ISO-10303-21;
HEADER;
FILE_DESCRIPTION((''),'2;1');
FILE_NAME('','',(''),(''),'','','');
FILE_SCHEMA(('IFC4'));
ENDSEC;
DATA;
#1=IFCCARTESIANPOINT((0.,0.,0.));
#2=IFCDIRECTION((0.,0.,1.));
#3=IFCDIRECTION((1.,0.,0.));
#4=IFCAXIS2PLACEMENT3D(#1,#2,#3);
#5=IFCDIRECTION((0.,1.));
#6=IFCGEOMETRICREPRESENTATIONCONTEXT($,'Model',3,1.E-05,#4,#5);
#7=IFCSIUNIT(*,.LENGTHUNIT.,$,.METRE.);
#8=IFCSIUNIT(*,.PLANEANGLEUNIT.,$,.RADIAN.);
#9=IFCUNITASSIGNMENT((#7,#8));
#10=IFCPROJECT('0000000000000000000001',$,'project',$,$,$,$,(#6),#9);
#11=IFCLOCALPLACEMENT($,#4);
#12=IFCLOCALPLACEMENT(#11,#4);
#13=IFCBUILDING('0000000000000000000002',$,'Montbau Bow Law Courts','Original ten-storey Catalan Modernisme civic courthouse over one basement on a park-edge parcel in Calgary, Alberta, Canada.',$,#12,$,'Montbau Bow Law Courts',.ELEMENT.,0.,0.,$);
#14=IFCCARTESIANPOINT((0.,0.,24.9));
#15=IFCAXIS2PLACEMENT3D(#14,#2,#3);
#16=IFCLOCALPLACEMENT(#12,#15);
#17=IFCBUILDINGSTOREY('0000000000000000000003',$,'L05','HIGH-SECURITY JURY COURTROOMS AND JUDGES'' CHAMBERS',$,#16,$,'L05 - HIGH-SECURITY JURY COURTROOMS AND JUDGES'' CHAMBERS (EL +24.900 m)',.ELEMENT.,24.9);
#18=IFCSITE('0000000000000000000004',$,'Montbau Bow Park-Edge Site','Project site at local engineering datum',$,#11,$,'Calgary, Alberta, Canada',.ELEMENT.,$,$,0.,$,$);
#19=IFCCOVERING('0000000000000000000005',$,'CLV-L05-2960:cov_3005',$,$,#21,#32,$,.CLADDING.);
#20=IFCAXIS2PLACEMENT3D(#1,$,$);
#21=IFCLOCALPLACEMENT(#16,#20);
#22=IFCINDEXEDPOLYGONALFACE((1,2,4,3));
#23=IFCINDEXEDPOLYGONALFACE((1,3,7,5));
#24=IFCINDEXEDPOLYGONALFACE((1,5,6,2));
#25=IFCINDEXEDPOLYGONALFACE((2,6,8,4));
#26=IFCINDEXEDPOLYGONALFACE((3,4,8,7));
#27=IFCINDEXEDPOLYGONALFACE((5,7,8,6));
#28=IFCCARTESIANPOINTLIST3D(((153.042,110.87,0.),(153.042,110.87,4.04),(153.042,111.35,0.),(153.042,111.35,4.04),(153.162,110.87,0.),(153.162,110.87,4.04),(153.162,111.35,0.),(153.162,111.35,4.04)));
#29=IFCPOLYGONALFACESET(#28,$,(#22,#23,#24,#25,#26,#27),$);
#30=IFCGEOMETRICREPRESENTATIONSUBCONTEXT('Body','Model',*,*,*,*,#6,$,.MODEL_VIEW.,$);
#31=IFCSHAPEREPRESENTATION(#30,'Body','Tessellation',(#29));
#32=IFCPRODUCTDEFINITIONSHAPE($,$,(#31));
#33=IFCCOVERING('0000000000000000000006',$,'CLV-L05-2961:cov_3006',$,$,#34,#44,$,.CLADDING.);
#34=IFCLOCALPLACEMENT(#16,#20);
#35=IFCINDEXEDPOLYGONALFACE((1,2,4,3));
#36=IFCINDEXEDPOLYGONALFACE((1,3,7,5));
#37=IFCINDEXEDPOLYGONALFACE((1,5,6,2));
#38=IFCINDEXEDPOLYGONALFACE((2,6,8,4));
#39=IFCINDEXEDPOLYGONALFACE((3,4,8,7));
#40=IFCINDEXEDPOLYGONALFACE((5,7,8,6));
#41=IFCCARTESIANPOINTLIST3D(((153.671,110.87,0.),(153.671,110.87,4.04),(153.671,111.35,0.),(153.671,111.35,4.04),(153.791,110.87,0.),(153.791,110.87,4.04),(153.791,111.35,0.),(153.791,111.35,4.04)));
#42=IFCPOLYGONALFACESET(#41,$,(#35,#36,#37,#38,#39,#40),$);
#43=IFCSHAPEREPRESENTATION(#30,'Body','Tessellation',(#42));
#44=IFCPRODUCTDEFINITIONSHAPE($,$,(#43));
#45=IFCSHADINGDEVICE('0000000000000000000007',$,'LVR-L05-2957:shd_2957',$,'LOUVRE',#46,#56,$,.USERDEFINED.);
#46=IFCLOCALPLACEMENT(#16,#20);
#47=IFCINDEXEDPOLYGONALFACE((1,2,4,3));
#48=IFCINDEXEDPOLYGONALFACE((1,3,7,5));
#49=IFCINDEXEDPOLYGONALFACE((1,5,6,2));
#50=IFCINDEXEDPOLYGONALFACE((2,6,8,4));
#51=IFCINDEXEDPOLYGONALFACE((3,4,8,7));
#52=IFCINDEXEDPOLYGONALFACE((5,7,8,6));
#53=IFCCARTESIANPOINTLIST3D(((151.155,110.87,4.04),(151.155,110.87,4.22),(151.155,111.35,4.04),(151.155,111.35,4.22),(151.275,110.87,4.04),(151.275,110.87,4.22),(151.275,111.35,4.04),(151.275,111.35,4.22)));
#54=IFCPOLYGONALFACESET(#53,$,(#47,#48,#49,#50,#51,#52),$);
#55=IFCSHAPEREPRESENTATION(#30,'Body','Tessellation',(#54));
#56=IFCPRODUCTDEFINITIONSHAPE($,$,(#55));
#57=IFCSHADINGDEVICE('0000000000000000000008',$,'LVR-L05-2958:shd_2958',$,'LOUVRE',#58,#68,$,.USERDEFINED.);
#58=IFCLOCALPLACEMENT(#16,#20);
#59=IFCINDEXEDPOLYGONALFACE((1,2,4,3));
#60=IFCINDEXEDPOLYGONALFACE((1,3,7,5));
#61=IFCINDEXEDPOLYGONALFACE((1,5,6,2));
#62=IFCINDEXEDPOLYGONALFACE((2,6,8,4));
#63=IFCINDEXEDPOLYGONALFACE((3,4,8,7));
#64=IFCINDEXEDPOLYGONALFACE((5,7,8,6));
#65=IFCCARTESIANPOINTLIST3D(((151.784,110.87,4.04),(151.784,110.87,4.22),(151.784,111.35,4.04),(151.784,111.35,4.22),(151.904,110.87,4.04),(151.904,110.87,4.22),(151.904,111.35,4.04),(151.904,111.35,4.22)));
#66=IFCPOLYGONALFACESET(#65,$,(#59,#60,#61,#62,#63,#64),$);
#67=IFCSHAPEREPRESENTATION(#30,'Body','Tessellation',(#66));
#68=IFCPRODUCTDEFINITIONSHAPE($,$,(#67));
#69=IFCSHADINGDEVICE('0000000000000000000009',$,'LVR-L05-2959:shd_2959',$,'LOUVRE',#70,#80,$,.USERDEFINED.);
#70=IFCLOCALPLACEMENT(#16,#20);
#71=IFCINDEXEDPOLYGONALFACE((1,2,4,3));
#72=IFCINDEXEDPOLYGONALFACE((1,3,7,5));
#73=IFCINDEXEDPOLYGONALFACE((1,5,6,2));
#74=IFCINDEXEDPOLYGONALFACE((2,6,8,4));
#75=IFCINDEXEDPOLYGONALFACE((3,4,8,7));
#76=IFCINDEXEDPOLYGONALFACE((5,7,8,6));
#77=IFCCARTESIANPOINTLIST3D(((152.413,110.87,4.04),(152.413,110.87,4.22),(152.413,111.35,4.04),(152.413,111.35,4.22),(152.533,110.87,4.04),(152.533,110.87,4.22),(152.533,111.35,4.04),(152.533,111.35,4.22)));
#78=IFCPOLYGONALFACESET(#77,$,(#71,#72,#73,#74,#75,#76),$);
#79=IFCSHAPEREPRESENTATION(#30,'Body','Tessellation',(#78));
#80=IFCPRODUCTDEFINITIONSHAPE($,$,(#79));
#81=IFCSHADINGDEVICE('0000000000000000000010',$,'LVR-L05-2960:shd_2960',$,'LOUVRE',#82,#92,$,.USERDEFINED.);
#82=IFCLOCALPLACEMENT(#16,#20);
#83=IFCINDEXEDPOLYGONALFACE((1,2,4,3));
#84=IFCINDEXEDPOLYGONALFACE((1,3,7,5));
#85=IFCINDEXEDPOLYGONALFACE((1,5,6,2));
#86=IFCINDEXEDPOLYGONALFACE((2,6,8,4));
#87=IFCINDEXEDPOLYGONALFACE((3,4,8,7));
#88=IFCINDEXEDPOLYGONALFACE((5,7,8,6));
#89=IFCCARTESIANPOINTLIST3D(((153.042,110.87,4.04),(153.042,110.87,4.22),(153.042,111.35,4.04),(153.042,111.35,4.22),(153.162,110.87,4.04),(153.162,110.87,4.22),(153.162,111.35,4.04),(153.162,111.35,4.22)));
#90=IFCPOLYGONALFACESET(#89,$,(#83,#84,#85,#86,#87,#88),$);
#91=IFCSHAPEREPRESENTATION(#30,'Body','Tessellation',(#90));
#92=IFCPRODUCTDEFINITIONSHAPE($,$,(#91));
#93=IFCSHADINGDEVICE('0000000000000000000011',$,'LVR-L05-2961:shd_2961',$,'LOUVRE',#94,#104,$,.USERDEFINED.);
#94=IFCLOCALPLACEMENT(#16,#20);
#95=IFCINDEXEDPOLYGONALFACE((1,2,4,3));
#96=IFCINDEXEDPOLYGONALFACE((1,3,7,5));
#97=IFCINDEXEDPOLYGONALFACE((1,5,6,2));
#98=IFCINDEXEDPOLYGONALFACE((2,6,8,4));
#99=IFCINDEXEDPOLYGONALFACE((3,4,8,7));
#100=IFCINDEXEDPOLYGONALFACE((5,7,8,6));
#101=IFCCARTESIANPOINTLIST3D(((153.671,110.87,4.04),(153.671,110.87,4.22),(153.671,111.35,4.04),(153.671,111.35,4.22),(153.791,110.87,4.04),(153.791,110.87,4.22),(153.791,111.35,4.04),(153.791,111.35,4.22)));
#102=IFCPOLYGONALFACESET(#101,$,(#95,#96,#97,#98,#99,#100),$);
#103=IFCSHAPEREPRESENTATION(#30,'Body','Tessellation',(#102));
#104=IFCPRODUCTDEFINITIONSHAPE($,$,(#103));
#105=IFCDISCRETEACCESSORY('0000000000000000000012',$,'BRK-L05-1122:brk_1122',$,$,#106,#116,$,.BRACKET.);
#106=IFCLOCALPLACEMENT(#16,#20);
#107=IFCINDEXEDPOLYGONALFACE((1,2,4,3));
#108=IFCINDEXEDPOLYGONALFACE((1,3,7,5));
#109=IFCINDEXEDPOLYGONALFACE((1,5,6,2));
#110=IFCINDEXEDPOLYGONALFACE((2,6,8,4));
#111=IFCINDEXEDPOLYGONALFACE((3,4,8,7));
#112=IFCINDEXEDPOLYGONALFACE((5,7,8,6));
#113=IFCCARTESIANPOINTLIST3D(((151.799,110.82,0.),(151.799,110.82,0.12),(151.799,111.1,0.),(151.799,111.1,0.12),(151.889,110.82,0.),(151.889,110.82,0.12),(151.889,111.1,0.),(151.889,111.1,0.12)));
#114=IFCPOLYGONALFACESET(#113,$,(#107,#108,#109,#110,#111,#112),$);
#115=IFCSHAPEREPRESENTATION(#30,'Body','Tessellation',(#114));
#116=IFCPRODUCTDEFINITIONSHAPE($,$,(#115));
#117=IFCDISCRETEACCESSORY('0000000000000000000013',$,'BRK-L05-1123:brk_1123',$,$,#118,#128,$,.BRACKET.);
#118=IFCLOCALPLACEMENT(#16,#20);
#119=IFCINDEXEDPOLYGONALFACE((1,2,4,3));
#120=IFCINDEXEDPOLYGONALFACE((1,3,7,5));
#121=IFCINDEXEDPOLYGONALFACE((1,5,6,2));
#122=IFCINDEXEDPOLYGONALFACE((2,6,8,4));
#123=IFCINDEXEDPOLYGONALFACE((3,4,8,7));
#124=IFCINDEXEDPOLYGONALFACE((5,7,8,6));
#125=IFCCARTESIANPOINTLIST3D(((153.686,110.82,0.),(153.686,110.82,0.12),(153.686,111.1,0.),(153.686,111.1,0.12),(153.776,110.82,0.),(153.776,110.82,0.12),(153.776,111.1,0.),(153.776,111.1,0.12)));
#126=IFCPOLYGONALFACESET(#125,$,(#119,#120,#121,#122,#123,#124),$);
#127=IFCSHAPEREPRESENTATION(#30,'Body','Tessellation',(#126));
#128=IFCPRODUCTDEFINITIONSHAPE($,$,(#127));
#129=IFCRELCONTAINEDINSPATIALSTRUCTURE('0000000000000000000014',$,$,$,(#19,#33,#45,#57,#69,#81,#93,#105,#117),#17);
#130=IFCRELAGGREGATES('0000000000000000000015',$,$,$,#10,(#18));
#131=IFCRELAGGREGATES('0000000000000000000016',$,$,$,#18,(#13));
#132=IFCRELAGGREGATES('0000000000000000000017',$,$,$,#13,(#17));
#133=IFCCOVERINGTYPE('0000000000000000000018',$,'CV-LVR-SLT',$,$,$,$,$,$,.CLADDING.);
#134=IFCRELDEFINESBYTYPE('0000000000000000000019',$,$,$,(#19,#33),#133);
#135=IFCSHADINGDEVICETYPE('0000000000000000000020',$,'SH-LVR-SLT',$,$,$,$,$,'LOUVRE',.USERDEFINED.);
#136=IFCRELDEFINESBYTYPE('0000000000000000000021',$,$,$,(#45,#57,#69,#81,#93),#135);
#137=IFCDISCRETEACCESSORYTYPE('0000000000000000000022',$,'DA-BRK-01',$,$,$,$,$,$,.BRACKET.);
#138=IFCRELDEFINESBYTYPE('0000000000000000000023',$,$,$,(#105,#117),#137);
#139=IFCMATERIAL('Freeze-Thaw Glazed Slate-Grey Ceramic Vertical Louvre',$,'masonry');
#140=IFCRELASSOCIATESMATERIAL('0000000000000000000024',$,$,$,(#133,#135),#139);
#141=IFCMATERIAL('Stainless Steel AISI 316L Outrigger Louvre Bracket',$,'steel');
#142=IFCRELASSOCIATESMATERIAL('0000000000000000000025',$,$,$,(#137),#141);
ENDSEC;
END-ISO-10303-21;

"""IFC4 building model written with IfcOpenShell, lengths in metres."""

from ifc_helpers import new_model, si_unit, direction, frame, frame_2d, origin_with_axes, origin_2d_with_axis, place, context, subcontext, project, spatial, rectangle, extrude, material, type_object, element, save


model = new_model("IFC4")

# Units and contexts
model_context = context("Model", 3, precision=1e-05, world=origin_with_axes(), true_north=direction((0.0, 1.0)))
body_context = subcontext(model_context, "Body", "Model", "MODEL_VIEW")
ifc_project = project(units=[si_unit("LENGTHUNIT", "METRE"), si_unit("PLANEANGLEUNIT", "RADIAN")], contexts=[model_context])

# Site, building, storey
site_placement = place(None, origin_with_axes())
site = spatial("IfcSite", under=ifc_project, at=site_placement, Name="Montbau Bow Park-Edge Site", Description="Project site at local engineering datum", LongName="Calgary, Alberta, Canada", CompositionType="ELEMENT", RefElevation=0.0)
building_placement = place(site_placement, origin_with_axes())
building = spatial("IfcBuilding", under=site, at=building_placement, Name="Montbau Bow Law Courts", Description="Original ten-storey Catalan Modernisme civic courthouse over one basement on a park-edge parcel in Calgary, Alberta, Canada.", LongName="Montbau Bow Law Courts", CompositionType="ELEMENT", ElevationOfRefHeight=0.0, ElevationOfTerrain=0.0)
storey_placement = place(building_placement, frame((0.0, 0.0, 24.9), z_axis=(0.0, 0.0, 1.0), x_axis=(1.0, 0.0, 0.0)))
storey = spatial("IfcBuildingStorey", under=building, at=storey_placement, Name="L05", Description="HIGH-SECURITY JURY COURTROOMS AND JUDGES' CHAMBERS", LongName="L05 - HIGH-SECURITY JURY COURTROOMS AND JUDGES' CHAMBERS (EL +24.900 m)", CompositionType="ELEMENT", Elevation=24.9)

# Coverings
ifc_material_1 = material(Name="Freeze-Thaw Glazed Slate-Grey Ceramic Vertical Louvre", Category="masonry")
covering_type = type_object("IfcCoveringType", Name="CV-LVR-SLT", PredefinedType="CLADDING", material=ifc_material_1)
for number, where, z_axis, x_axis, name in (
    (1, (153.102, 110.87, 24.9), (1.0, 0.0, 0.0), (0.0, 1.0, 0.0), "CLV-L05-2960:cov_3005"),
    (2, (153.731, 110.87, 24.9), (1.0, 0.0, 0.0), (0.0, 1.0, 0.0), "CLV-L05-2961:cov_3006"),
):
    element("IfcCovering", number, at=place(None, frame(where, z_axis=z_axis, x_axis=x_axis)), inside=storey, type_object=covering_type, Name=name, PredefinedType="CLADDING", context=body_context, shape_type="SweptSolid", body=[
        extrude(rectangle(XDim=0.48, YDim=4.04, at=frame_2d((0.24, 2.02), x_axis=(1.0, 0.0))), frame((0.0, 0.0, -0.06), z_axis=(0.0, 0.0, 1.0), x_axis=(1.0, 0.0, 0.0)), (0.0, 0.0, 1.0), 0.12),
    ])

# Shading devices
shading_device_type = type_object("IfcShadingDeviceType", Name="SH-LVR-SLT", ElementType="LOUVRE", PredefinedType="USERDEFINED", material=ifc_material_1)
for number, where, z_axis, x_axis, name in (
    (3, (151.215, 111.11, 28.94), (0.0, 0.0, 1.0), (0.0, 1.0, 0.0), "LVR-L05-2957:shd_2957"),
    (4, (151.844, 111.11, 28.94), (0.0, 0.0, 1.0), (0.0, 1.0, 0.0), "LVR-L05-2958:shd_2958"),
    (5, (152.473, 111.11, 28.94), (0.0, 0.0, 1.0), (0.0, 1.0, 0.0), "LVR-L05-2959:shd_2959"),
    (6, (153.102, 111.11, 28.94), (0.0, 0.0, 1.0), (0.0, 1.0, 0.0), "LVR-L05-2960:shd_2960"),
    (7, (153.731, 111.11, 28.94), (0.0, 0.0, 1.0), (0.0, 1.0, 0.0), "LVR-L05-2961:shd_2961"),
):
    element("IfcShadingDevice", number, at=place(None, frame(where, z_axis=z_axis, x_axis=x_axis)), inside=storey, type_object=shading_device_type, Name=name, ObjectType="LOUVRE", PredefinedType="USERDEFINED", context=body_context, shape_type="SweptSolid", body=[
        extrude(rectangle(XDim=0.48, YDim=0.12, at=origin_2d_with_axis()), origin_with_axes(), (0.0, 0.0, 1.0), 0.18),
    ])

# Discrete accessories
ifc_material_2 = material(Name="Stainless Steel AISI 316L Outrigger Louvre Bracket", Category="steel")
discrete_accessory_type = type_object("IfcDiscreteAccessoryType", Name="DA-BRK-01", PredefinedType="BRACKET", material=ifc_material_2)
for number, where, z_axis, x_axis, name in (
    (8, (151.844, 110.96, 24.9), (0.0, 0.0, 1.0), (0.0, 1.0, 0.0), "BRK-L05-1122:brk_1122"),
    (9, (153.731, 110.96, 24.9), (0.0, 0.0, 1.0), (0.0, 1.0, 0.0), "BRK-L05-1123:brk_1123"),
):
    element("IfcDiscreteAccessory", number, at=place(None, frame(where, z_axis=z_axis, x_axis=x_axis)), inside=storey, type_object=discrete_accessory_type, Name=name, PredefinedType="BRACKET", context=body_context, shape_type="SweptSolid", body=[
        extrude(rectangle(XDim=0.28, YDim=0.09, at=origin_2d_with_axis()), origin_with_axes(), (0.0, 0.0, 1.0), 0.12),
    ])

save(model, "model.ifc")
